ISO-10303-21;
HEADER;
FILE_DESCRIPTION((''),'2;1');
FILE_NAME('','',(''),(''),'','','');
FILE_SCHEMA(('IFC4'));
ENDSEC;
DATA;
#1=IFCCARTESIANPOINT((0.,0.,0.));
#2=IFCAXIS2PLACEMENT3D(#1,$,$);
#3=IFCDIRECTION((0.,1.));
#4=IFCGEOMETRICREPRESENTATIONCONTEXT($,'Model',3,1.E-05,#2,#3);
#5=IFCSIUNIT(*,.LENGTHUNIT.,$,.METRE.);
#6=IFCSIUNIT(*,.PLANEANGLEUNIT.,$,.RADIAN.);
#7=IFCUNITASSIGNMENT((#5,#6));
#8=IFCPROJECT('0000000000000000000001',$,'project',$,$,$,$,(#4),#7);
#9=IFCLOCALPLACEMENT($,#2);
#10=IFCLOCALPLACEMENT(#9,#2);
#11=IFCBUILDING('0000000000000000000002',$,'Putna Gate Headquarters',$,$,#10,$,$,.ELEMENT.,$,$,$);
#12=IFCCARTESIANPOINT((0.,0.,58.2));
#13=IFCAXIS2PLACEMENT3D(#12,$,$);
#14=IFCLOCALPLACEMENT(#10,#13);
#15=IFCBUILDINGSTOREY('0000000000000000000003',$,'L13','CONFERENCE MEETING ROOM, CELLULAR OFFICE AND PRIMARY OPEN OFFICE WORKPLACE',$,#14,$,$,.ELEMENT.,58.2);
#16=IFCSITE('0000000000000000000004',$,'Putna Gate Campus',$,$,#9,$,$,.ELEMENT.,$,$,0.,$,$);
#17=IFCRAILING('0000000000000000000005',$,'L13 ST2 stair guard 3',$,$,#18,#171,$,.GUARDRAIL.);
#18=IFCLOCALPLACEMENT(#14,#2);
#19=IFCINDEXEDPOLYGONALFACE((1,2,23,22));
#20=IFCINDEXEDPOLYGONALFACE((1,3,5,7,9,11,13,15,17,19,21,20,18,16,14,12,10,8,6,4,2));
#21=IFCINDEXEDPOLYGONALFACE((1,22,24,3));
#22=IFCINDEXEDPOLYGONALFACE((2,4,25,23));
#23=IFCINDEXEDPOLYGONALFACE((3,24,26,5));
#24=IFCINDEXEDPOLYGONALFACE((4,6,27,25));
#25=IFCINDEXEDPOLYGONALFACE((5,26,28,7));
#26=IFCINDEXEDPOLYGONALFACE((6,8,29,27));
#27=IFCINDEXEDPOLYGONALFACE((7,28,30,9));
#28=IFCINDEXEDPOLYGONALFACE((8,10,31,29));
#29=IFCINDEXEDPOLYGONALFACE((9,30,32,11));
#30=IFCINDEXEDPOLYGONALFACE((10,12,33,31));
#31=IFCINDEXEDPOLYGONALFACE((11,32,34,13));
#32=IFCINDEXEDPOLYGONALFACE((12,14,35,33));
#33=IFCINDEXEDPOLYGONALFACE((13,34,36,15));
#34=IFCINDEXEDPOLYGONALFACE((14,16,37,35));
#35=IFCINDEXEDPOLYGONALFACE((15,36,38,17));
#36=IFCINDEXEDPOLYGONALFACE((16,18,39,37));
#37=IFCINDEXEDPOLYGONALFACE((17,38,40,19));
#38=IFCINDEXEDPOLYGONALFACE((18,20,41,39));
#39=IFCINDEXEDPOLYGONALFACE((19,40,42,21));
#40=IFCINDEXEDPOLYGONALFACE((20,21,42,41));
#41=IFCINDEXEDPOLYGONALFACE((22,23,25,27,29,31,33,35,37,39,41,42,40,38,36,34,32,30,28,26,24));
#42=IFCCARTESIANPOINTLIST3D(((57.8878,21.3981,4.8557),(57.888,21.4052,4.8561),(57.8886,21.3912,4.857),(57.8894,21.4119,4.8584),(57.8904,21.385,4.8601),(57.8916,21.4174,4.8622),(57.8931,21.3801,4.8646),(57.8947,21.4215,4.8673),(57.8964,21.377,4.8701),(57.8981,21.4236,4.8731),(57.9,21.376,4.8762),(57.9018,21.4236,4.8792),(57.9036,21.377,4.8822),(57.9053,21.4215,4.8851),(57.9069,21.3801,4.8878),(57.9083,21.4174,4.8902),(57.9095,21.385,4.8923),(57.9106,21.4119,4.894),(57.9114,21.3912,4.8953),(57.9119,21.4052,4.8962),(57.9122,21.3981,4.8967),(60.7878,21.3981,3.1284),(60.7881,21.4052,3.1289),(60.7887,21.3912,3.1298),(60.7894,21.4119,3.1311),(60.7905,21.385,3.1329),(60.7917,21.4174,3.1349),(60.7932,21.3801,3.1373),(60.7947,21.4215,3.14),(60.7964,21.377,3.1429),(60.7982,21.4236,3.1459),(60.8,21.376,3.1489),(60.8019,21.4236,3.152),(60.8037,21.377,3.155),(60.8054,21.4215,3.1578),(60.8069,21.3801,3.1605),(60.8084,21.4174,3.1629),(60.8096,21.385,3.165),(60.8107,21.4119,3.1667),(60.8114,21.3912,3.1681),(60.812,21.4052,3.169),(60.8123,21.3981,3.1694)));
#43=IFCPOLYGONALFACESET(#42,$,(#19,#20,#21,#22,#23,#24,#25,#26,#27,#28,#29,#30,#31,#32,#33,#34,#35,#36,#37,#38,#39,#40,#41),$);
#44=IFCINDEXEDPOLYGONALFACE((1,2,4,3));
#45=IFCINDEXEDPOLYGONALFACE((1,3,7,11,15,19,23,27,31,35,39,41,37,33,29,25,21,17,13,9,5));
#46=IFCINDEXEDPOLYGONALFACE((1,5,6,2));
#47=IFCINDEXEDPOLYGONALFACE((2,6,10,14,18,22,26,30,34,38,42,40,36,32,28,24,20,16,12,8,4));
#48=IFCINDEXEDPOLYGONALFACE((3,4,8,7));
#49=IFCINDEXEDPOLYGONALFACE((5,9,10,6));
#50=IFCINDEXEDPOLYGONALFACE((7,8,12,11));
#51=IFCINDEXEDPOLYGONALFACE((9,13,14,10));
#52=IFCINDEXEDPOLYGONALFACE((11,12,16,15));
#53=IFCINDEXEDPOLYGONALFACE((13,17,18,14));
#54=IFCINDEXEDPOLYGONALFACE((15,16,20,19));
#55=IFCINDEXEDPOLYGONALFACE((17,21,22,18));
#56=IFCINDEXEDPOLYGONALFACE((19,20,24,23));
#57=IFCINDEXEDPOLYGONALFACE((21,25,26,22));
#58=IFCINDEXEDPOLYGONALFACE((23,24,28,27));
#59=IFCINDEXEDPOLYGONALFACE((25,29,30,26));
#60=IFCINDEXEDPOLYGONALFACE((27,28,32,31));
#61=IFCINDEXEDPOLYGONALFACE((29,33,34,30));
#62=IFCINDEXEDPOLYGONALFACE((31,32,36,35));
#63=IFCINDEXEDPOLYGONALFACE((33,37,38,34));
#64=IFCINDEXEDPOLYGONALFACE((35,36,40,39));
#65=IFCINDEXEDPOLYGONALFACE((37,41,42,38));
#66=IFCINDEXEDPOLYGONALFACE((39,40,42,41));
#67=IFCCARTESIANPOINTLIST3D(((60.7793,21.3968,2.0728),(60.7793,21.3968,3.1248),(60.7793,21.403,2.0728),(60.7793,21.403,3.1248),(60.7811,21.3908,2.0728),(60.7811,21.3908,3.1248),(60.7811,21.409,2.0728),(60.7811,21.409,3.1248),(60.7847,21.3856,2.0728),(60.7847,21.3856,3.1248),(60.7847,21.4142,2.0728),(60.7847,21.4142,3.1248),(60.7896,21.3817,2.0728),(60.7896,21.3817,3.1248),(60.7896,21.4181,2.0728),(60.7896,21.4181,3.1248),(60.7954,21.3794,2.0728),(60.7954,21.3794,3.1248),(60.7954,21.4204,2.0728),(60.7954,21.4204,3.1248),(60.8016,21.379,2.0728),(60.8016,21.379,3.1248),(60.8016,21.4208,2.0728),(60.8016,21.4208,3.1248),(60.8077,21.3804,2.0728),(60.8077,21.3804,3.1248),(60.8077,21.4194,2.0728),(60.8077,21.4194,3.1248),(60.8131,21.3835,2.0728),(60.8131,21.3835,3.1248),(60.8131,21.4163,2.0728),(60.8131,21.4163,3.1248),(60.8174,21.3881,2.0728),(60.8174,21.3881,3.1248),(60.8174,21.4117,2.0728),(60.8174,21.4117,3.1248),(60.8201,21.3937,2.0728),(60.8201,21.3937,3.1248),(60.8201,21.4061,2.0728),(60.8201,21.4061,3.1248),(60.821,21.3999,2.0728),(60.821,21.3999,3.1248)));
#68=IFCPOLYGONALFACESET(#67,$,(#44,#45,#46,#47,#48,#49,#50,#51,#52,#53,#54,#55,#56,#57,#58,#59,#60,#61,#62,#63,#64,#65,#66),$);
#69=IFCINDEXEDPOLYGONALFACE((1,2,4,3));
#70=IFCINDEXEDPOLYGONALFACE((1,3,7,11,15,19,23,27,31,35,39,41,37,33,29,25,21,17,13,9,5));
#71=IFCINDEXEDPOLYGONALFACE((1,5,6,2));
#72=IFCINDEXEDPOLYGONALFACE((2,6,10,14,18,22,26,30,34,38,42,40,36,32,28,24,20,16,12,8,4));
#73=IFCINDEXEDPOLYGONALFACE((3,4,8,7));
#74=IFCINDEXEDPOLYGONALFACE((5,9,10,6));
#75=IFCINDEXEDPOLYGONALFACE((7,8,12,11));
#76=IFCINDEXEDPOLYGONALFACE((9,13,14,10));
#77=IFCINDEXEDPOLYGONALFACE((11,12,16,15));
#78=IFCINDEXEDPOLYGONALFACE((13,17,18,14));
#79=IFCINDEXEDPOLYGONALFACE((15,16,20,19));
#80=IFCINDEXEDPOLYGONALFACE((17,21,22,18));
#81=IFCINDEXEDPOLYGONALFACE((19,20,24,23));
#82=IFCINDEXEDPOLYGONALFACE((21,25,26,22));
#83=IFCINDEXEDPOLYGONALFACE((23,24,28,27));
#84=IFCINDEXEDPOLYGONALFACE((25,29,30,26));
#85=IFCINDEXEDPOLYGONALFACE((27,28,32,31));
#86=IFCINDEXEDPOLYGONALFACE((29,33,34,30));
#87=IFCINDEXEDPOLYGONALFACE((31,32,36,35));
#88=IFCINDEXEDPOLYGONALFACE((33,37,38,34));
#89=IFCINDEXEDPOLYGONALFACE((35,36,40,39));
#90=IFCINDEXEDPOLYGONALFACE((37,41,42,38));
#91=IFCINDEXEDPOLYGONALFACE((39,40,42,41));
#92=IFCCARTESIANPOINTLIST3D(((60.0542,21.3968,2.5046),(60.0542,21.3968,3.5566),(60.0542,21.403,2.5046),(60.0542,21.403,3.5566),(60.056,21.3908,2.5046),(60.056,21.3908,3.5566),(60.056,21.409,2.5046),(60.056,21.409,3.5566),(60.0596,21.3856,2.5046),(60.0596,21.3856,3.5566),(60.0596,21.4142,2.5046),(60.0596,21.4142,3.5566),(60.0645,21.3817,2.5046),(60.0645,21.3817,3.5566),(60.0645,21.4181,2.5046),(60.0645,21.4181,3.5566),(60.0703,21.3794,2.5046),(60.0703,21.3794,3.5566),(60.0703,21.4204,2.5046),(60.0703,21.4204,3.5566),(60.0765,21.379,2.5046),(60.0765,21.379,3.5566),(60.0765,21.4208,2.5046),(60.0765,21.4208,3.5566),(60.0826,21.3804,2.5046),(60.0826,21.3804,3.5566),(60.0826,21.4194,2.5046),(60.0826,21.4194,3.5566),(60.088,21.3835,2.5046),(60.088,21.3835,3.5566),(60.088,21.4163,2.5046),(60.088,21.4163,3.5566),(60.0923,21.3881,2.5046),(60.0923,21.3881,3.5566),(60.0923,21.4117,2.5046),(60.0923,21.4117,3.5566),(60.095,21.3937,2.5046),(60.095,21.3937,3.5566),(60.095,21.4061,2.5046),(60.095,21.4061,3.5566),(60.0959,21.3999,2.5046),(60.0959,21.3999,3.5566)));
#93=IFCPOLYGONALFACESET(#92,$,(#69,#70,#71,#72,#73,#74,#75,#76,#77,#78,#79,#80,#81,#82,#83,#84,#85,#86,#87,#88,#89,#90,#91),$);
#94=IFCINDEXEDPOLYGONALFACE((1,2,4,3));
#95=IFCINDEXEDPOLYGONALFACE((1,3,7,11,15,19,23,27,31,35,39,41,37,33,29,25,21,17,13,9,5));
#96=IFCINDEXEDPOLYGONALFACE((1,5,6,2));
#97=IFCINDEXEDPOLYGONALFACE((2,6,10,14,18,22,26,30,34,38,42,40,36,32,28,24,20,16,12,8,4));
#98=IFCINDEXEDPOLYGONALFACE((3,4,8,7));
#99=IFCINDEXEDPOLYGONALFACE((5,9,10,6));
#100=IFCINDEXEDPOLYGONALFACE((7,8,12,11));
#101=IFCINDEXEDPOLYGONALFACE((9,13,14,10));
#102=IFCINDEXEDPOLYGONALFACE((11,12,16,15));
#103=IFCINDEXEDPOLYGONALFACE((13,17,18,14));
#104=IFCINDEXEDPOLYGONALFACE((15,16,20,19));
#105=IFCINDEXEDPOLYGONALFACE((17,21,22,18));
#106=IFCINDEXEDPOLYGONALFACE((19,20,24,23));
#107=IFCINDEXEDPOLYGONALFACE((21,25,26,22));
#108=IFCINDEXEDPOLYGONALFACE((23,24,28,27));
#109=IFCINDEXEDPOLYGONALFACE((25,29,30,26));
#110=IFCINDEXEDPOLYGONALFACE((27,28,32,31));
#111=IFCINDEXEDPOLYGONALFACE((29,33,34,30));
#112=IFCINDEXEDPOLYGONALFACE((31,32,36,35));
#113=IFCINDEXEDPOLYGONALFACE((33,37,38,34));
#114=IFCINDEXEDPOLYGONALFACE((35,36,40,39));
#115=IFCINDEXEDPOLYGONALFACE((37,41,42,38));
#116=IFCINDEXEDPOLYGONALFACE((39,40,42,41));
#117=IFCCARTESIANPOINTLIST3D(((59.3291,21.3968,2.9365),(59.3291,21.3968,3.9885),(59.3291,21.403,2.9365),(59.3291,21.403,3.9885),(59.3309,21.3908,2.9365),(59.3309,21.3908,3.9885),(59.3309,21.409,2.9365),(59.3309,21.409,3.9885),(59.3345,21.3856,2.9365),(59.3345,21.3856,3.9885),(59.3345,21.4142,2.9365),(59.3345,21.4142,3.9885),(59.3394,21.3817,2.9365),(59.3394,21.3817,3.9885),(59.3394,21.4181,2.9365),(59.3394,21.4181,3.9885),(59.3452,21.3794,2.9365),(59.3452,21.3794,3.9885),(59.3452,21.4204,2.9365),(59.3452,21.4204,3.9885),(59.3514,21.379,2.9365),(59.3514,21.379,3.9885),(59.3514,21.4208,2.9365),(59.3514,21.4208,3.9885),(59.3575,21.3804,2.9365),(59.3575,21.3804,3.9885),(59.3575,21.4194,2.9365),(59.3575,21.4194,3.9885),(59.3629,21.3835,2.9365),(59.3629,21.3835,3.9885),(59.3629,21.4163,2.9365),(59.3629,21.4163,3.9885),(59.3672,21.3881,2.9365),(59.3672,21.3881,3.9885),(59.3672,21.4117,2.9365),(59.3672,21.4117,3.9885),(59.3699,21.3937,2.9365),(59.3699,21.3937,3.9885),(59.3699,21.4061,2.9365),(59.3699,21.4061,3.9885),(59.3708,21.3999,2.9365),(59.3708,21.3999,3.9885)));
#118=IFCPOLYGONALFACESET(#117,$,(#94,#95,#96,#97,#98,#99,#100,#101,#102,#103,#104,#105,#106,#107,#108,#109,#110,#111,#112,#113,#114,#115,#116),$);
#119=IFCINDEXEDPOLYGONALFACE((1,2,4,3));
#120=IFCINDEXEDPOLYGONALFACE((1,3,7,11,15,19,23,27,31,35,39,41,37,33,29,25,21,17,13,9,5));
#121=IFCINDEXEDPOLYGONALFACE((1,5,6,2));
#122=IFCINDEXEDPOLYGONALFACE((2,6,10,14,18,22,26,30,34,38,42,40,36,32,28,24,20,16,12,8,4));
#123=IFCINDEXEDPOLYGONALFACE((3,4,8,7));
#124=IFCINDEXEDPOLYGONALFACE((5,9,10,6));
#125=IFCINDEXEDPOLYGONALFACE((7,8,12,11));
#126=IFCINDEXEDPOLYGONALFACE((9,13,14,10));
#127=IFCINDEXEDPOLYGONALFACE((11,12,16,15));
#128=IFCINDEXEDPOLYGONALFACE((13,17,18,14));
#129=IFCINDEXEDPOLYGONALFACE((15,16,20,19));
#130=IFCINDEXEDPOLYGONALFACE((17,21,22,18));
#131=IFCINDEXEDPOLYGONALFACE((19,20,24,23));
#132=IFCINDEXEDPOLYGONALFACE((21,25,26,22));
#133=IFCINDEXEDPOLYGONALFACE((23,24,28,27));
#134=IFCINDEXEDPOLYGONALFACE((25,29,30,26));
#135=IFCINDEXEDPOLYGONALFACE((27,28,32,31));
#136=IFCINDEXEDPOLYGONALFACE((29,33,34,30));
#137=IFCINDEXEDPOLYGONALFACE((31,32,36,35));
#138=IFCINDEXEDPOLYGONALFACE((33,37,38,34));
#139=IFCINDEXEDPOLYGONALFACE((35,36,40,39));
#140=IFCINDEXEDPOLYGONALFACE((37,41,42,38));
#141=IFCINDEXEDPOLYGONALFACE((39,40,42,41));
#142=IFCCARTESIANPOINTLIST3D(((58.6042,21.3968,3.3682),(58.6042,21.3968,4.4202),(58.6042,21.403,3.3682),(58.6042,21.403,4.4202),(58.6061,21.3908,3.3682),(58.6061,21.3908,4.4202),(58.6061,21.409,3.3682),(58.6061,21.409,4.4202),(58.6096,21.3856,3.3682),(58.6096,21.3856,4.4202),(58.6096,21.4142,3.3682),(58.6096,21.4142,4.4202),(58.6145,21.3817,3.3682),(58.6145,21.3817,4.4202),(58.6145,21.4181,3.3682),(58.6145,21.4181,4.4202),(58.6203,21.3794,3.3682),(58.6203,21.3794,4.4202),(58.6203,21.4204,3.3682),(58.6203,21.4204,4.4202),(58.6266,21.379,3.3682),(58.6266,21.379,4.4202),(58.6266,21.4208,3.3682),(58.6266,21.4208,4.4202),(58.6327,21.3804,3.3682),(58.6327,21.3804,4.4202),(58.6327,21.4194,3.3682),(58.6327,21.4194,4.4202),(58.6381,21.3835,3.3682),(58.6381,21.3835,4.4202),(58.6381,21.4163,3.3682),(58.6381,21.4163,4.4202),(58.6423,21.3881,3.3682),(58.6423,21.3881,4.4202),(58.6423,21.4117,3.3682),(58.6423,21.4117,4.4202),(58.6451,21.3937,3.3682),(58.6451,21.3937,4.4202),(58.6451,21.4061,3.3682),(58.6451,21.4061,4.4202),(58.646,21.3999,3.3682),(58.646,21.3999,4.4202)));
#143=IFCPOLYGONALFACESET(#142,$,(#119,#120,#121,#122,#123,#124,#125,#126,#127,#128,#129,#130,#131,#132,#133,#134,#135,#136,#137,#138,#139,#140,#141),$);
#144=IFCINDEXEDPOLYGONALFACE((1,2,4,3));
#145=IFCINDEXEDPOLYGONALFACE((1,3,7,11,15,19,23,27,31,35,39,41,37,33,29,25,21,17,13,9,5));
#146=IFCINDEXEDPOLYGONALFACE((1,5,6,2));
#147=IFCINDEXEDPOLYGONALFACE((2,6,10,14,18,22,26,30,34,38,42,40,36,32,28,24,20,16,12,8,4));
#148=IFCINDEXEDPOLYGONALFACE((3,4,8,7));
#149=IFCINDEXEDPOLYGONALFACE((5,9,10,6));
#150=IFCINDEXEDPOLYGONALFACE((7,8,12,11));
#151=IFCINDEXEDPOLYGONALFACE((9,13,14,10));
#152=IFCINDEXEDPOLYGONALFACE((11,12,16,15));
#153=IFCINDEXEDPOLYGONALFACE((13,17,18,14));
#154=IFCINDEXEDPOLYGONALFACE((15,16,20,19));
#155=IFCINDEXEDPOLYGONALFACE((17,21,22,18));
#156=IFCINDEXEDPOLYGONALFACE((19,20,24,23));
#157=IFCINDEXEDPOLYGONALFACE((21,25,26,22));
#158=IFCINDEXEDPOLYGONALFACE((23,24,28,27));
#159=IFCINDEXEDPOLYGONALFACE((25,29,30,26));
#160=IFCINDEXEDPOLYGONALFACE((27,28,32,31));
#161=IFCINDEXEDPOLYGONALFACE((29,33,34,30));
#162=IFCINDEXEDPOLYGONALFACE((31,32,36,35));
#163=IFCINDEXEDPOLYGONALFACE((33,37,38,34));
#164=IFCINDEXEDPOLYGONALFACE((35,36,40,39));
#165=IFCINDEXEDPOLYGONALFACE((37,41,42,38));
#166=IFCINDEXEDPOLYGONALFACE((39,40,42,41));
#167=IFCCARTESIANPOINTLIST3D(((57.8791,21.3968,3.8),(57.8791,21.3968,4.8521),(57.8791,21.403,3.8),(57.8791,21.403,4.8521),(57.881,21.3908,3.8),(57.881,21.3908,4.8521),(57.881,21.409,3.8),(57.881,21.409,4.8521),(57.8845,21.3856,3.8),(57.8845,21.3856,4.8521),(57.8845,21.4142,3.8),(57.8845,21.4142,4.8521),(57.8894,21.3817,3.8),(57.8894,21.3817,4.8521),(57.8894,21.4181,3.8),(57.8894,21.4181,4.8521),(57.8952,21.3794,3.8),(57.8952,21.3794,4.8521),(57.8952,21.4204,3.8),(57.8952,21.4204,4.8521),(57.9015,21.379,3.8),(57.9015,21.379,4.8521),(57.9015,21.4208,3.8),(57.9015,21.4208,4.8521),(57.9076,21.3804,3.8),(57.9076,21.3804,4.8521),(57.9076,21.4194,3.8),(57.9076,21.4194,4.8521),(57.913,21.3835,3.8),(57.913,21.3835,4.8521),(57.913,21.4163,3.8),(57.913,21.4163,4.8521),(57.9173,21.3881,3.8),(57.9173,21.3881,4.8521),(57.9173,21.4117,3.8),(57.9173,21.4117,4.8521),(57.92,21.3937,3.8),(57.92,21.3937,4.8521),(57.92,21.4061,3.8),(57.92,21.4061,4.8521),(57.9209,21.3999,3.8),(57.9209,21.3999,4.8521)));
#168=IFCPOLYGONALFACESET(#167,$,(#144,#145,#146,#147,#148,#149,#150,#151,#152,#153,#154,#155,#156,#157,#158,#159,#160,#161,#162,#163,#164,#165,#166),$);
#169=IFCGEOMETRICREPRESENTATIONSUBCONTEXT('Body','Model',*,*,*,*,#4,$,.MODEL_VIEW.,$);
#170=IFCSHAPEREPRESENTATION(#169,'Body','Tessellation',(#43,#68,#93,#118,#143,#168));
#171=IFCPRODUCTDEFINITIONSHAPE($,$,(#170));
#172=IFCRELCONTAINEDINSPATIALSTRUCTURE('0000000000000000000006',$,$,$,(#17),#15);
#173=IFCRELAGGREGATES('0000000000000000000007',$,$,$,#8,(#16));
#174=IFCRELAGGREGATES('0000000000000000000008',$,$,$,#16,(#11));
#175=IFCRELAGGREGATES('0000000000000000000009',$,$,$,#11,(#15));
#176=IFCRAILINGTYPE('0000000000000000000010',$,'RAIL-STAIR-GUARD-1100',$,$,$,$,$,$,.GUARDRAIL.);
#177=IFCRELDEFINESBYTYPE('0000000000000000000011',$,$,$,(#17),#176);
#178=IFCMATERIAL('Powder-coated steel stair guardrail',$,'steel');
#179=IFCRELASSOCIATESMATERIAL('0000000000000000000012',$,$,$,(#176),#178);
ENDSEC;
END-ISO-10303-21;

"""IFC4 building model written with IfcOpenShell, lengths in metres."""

from ifc_helpers import new_model, si_unit, direction, frame, origin, origin_2d, place, context, subcontext, project, spatial, circle, extrude, material, type_object, element, save


model = new_model("IFC4")

# Units and contexts
model_context = context("Model", 3, precision=1e-05, world=origin(), true_north=direction((0.0, 1.0)))
body_context = subcontext(model_context, "Body", "Model", "MODEL_VIEW")
ifc_project = project(units=[si_unit("LENGTHUNIT", "METRE"), si_unit("PLANEANGLEUNIT", "RADIAN")], contexts=[model_context])

# Site, building, storey
site_placement = place(None, origin())
site = spatial("IfcSite", under=ifc_project, at=site_placement, Name="Putna Gate Campus", CompositionType="ELEMENT", RefElevation=0.0)
building_placement = place(site_placement, origin())
building = spatial("IfcBuilding", under=site, at=building_placement, Name="Putna Gate Headquarters", CompositionType="ELEMENT")
storey_placement = place(building_placement, frame((0.0, 0.0, 58.2)))
storey = spatial("IfcBuildingStorey", under=building, at=storey_placement, Name="L13", Description="CONFERENCE MEETING ROOM, CELLULAR OFFICE AND PRIMARY OPEN OFFICE WORKPLACE", CompositionType="ELEMENT", Elevation=58.2)

# Railing
ifc_material_1 = material(Name="Powder-coated steel stair guardrail", Category="steel")
railing_type_1 = type_object("IfcRailingType", Name="RAIL-STAIR-GUARD-1100", PredefinedType="GUARDRAIL", material=ifc_material_1)
railing_1_placement = place(storey_placement, frame((60.8, 21.3999, 2.0728)))
element("IfcRailing", 1, at=railing_1_placement, inside=storey, type_object=railing_type_1, Name="L13 ST2 stair guard 3", PredefinedType="GUARDRAIL", context=body_context, shape_type="SweptSolid", body=[
    extrude(circle(Radius=0.0239, at=origin_2d()), frame((0.0, 0.0, 1.0762), z_axis=(-0.85916, 0.0, 0.511706), x_axis=(0.0, -1.0, 0.0)), (0.0, 0.0, 1.0), 3.3755),
    extrude(circle(Radius=0.021, at=origin_2d()), origin(), (0.0, 0.0, 1.0), 1.052),
    extrude(circle(Radius=0.021, at=origin_2d()), frame((-0.7251, 0.0, 0.4319)), (0.0, 0.0, 1.0), 1.052),
    extrude(circle(Radius=0.021, at=origin_2d()), frame((-1.4502, 0.0, 0.8638)), (0.0, 0.0, 1.0), 1.052),
    extrude(circle(Radius=0.021, at=origin_2d()), frame((-2.175, 0.0, 1.2954)), (0.0, 0.0, 1.0), 1.052),
    extrude(circle(Radius=0.021, at=origin_2d()), frame((-2.9001, 0.0, 1.7273)), (0.0, 0.0, 1.0), 1.052),
])

save(model, "model.ifc")
